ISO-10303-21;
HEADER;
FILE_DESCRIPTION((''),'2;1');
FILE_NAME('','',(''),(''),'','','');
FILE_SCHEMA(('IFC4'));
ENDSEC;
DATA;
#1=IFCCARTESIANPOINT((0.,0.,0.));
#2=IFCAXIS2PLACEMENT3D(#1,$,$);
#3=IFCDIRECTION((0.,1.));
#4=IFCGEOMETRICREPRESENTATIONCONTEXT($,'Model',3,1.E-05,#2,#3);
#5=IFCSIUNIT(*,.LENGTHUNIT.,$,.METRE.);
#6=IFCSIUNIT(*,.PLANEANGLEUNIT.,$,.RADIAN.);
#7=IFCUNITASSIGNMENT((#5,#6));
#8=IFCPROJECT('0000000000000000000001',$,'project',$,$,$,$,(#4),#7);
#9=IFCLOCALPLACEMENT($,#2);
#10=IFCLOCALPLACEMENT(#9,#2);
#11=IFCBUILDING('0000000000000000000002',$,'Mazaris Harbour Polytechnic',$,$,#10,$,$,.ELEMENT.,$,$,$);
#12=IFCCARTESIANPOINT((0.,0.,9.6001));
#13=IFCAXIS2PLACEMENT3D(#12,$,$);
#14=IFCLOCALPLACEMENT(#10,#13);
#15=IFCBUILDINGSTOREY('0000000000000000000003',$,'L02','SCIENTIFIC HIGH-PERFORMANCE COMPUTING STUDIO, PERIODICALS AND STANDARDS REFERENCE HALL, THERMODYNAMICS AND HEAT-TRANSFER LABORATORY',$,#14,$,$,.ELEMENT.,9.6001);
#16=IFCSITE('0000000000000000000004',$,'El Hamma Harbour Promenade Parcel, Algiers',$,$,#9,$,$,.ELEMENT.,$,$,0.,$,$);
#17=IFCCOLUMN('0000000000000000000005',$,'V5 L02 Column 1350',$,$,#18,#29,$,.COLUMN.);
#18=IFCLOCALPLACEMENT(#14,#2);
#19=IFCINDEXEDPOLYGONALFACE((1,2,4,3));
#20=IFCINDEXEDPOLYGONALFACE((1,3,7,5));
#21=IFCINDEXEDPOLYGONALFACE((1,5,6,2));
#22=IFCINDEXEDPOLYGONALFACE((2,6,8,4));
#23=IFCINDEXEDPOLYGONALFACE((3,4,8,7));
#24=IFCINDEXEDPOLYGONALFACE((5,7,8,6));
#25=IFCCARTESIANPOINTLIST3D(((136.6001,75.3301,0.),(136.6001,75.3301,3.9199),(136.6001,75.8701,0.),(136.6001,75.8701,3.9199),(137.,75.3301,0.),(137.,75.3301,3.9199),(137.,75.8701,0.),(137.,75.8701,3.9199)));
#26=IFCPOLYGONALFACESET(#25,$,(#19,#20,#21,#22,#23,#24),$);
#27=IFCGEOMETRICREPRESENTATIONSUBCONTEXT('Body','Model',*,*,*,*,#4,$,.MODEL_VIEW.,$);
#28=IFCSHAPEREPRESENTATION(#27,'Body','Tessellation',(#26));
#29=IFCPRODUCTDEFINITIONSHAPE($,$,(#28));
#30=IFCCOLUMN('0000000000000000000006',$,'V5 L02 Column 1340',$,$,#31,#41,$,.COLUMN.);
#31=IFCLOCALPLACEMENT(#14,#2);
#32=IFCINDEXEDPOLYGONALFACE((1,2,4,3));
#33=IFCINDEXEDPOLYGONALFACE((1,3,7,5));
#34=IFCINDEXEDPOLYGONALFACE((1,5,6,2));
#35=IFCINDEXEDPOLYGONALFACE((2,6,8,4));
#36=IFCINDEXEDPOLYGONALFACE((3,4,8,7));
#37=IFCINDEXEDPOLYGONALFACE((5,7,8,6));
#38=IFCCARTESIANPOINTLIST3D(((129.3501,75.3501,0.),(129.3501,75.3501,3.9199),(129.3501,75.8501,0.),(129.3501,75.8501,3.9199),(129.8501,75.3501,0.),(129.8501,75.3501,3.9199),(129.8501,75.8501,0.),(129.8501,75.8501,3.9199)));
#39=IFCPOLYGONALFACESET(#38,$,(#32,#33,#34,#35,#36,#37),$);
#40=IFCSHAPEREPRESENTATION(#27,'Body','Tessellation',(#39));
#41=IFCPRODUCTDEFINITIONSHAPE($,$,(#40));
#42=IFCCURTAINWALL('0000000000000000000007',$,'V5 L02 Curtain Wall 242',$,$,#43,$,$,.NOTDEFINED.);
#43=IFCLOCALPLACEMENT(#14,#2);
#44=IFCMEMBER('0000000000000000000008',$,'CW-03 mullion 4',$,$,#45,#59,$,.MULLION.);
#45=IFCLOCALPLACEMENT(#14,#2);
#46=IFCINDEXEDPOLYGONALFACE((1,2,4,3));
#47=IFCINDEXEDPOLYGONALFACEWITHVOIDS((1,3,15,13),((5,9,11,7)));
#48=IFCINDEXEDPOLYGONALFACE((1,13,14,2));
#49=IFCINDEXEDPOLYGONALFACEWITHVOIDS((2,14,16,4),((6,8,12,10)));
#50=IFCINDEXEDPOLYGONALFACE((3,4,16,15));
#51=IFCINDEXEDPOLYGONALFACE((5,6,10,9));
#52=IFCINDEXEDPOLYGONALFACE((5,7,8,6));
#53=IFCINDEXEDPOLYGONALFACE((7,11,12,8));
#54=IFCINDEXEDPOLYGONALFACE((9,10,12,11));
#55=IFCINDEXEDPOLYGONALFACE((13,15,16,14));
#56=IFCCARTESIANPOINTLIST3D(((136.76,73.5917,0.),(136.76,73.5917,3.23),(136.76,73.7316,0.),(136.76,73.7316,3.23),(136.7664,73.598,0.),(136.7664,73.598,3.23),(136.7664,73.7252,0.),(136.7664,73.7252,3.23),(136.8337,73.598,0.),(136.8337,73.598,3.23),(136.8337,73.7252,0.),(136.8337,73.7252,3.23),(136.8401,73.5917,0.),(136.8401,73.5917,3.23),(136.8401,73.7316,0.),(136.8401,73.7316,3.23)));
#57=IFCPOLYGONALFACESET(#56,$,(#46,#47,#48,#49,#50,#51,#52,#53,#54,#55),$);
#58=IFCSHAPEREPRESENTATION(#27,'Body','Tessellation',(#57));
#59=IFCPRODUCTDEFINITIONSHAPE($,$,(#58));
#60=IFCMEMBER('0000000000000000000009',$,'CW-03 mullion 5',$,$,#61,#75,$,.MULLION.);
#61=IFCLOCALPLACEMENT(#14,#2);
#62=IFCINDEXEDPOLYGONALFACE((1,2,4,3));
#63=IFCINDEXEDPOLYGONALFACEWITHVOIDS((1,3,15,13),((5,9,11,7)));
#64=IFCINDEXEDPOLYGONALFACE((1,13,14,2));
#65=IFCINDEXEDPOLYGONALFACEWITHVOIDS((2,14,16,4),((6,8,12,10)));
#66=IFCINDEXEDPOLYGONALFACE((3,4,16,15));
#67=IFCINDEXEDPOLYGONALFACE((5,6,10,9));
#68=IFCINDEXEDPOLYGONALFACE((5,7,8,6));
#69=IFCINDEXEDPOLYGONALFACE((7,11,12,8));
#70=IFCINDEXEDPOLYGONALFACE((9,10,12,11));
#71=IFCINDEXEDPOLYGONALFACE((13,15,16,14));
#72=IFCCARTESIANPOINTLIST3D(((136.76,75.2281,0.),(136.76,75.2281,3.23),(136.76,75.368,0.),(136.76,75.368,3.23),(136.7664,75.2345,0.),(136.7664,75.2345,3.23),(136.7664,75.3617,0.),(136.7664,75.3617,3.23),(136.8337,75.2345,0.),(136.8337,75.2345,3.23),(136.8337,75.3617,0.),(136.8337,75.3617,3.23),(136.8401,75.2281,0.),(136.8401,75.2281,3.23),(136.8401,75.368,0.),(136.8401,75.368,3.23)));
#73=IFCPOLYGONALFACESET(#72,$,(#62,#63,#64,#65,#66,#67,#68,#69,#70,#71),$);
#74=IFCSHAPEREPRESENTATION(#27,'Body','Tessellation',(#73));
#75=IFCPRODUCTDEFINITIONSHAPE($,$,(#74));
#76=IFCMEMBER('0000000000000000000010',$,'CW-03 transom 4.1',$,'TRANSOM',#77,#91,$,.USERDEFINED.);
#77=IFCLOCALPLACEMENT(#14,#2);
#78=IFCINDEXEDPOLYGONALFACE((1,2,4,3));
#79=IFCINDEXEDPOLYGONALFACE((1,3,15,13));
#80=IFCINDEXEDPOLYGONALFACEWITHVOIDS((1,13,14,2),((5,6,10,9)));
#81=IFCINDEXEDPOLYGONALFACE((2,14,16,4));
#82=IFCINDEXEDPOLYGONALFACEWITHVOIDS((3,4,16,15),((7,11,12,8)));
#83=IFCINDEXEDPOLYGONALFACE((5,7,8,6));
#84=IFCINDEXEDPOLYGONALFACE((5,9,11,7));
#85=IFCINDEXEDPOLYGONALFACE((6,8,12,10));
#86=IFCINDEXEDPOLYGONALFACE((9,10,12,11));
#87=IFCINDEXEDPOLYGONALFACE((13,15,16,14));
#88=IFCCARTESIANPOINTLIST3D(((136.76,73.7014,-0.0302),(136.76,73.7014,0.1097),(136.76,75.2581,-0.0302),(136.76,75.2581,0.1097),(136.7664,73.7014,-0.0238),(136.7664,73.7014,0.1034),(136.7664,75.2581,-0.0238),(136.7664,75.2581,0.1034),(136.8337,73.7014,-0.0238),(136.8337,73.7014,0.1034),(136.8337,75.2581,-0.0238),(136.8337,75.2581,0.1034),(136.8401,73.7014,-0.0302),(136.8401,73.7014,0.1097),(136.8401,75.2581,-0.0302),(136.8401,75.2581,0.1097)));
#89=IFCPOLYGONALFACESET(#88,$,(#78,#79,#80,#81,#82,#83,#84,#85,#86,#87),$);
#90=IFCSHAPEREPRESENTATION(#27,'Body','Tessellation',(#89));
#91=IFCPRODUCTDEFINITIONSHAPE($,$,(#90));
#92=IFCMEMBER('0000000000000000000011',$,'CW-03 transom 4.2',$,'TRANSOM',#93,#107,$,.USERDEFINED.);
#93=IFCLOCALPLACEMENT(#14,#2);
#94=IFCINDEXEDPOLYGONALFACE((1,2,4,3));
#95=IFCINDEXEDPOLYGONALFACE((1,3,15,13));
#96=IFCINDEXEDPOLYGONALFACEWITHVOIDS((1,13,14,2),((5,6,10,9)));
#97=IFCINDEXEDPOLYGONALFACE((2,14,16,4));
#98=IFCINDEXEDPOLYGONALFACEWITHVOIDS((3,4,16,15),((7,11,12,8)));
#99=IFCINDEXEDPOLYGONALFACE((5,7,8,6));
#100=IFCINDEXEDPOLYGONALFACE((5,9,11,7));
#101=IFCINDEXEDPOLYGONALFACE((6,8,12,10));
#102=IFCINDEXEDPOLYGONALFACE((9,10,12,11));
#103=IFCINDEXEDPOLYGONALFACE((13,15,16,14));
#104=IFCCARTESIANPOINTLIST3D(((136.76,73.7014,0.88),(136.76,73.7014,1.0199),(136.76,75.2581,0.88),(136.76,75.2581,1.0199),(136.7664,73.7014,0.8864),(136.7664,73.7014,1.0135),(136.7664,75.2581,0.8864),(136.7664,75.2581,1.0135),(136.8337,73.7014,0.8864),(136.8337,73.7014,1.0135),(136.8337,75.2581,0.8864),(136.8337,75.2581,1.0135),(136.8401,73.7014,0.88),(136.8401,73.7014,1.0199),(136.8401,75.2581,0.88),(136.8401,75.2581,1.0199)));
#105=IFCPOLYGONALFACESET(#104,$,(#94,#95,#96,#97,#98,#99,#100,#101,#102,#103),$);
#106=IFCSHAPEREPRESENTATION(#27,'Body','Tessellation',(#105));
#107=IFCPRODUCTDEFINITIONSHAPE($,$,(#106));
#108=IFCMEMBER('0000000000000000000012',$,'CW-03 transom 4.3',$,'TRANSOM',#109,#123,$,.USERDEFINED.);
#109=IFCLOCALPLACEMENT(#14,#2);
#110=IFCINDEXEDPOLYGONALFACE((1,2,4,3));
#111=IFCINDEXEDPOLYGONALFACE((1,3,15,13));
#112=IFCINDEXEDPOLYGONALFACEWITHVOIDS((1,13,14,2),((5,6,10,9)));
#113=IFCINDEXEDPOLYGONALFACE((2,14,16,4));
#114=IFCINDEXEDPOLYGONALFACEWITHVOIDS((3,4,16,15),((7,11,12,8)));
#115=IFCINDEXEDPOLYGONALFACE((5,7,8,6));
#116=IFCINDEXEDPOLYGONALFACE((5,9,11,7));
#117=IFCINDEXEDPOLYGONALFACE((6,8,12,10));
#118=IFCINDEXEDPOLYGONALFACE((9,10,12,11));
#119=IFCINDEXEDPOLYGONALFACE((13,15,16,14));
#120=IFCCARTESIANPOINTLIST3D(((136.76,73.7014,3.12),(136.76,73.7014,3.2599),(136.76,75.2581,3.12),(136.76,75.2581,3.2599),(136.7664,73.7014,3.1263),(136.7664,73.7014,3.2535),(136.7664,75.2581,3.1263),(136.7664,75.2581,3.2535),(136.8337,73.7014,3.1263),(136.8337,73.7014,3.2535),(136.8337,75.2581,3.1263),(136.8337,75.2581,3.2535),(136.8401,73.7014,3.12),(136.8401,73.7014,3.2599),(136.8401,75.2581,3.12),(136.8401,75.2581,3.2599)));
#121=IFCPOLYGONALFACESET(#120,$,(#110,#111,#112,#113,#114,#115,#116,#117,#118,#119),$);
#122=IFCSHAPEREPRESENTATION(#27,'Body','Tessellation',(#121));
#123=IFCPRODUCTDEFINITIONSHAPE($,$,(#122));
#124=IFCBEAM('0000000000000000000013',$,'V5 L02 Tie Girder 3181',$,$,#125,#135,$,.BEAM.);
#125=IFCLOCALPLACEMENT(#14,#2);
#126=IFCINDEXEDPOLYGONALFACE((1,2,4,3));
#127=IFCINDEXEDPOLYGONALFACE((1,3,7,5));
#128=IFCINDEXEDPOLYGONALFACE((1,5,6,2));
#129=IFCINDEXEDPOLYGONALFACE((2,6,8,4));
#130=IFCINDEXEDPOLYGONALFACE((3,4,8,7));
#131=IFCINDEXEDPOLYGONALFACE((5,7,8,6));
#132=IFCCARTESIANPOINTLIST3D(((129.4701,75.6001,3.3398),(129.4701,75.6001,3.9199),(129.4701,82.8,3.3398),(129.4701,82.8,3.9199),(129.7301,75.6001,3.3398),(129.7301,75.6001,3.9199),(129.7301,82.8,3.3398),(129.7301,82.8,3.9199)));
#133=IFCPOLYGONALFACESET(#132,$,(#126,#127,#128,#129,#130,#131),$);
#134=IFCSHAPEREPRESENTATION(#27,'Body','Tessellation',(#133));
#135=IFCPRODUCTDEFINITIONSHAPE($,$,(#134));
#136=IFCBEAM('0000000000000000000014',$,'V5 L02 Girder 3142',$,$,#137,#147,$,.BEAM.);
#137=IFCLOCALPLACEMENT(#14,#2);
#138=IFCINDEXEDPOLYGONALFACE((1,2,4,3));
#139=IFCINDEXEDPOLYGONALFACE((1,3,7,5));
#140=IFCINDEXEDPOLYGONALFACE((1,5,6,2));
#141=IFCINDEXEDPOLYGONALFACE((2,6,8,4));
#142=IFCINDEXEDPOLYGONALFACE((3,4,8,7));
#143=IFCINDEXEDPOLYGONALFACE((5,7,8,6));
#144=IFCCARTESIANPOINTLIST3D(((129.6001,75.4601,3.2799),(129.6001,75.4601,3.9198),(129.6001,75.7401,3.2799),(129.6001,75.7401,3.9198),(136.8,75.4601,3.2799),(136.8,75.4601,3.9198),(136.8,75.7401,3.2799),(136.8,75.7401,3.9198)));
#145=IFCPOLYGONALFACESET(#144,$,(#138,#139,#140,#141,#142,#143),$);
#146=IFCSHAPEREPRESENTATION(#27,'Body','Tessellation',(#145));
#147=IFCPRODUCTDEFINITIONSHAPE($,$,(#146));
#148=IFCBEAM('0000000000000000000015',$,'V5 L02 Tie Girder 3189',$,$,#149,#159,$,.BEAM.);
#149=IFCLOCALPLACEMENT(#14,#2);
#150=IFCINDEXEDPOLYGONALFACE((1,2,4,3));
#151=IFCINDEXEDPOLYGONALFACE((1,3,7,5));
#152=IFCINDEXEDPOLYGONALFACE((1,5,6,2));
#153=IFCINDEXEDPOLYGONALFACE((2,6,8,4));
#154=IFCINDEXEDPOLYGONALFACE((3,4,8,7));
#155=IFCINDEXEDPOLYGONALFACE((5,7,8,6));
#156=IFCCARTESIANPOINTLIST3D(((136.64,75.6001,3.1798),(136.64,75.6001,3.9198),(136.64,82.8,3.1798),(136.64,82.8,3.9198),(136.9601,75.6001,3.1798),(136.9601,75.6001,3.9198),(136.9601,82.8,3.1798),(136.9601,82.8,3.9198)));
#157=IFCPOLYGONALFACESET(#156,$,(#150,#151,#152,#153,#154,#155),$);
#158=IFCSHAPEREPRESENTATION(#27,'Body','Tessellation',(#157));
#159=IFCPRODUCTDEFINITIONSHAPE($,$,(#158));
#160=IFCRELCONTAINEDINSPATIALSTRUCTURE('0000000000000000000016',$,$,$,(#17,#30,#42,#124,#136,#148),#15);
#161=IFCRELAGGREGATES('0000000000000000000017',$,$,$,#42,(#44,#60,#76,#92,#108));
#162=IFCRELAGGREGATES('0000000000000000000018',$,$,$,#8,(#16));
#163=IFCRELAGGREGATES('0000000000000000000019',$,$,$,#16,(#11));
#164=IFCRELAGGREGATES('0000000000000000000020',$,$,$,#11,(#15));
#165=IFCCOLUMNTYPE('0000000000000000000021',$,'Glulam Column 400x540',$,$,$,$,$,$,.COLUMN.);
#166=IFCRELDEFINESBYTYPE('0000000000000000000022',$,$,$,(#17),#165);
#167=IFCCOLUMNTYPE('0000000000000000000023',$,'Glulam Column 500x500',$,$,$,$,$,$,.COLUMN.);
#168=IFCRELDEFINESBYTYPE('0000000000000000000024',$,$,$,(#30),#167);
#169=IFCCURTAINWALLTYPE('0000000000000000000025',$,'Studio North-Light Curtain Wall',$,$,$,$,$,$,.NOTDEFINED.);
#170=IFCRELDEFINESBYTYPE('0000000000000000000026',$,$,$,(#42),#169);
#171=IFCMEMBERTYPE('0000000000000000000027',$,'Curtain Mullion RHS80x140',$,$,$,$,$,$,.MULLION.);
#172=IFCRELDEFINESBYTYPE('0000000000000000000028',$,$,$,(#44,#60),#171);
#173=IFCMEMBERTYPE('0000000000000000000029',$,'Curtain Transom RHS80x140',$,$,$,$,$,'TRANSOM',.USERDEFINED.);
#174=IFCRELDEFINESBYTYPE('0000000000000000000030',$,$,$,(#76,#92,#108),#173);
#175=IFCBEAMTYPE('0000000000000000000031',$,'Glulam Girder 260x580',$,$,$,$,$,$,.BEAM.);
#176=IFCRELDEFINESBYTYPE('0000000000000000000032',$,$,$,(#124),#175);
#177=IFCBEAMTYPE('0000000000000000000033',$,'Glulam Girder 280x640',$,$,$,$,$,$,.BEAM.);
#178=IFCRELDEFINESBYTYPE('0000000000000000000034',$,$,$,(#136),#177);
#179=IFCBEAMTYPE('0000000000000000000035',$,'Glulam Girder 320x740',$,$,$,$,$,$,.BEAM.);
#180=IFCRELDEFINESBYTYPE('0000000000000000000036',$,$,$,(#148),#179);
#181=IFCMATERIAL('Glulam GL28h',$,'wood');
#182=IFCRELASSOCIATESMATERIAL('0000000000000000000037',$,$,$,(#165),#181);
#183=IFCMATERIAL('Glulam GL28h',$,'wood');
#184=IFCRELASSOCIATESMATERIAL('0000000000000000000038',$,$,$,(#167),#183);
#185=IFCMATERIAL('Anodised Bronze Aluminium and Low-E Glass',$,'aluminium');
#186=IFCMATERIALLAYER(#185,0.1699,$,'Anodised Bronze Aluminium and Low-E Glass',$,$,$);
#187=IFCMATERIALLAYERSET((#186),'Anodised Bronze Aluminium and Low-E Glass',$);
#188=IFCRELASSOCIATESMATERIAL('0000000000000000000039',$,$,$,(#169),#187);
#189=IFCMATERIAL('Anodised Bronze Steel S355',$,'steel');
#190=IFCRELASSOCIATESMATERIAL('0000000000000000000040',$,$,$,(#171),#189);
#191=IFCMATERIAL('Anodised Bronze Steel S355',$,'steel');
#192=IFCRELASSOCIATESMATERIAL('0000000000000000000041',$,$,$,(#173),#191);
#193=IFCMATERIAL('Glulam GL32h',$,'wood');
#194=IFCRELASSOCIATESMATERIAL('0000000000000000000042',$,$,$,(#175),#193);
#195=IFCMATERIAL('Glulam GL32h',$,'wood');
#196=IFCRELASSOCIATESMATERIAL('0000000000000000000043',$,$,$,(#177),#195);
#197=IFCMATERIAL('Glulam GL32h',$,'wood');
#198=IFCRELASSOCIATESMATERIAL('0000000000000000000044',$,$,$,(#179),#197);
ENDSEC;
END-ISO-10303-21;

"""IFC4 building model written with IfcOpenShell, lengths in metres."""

from ifc_helpers import new_model, si_unit, direction, frame, origin, origin_2d, place, context, subcontext, project, spatial, rectangle, hollow_rectangle, extrude, material, layer, layer_set, material_profile, profile_set, type_object, element, aggregate, save


model = new_model("IFC4")

# Units and contexts
model_context = context("Model", 3, precision=1e-05, world=origin(), true_north=direction((0.0, 1.0)))
body_context = subcontext(model_context, "Body", "Model", "MODEL_VIEW")
ifc_project = project(units=[si_unit("LENGTHUNIT", "METRE"), si_unit("PLANEANGLEUNIT", "RADIAN")], contexts=[model_context])

# Site, building, storey
site_placement = place(None, origin())
site = spatial("IfcSite", under=ifc_project, at=site_placement, Name="El Hamma Harbour Promenade Parcel, Algiers", CompositionType="ELEMENT", RefElevation=0.0)
building_placement = place(site_placement, origin())
building = spatial("IfcBuilding", under=site, at=building_placement, Name="Mazaris Harbour Polytechnic", CompositionType="ELEMENT")
storey_placement = place(building_placement, frame((0.0, 0.0, 9.6001)))
storey = spatial("IfcBuildingStorey", under=building, at=storey_placement, Name="L02", Description="SCIENTIFIC HIGH-PERFORMANCE COMPUTING STUDIO, PERIODICALS AND STANDARDS REFERENCE HALL, THERMODYNAMICS AND HEAT-TRANSFER LABORATORY", CompositionType="ELEMENT", Elevation=9.6001)

# Columns
ifc_material_1 = material(Name="Glulam GL28h", Category="wood")
ifc_material_profile_1 = material_profile(ifc_material_1, rectangle(XDim=0.3999, YDim=0.54, at=origin_2d()), Name="RECT400x540")
ifc_profile_set_1 = profile_set([ifc_material_profile_1], Name="Glulam GL28h")
column_type_1 = type_object("IfcColumnType", Name="Glulam Column 400x540", PredefinedType="COLUMN", material=ifc_profile_set_1)
column_1_placement = place(storey_placement, frame((136.8, 75.6001, 0.0), z_axis=(0.0, 0.0, 1.0), x_axis=(1.0, 0.0, 0.0)))
element("IfcColumn", 1, at=column_1_placement, inside=storey, type_object=column_type_1, Name="V5 L02 Column 1350", PredefinedType="COLUMN", context=body_context, shape_type="SweptSolid", body=[
    extrude(rectangle(XDim=0.3999, YDim=0.54, at=origin_2d()), origin(), (0.0, 0.0, 1.0), 3.9199),
])
ifc_material_2 = material(Name="Glulam GL28h", Category="wood")
ifc_material_profile_2 = material_profile(ifc_material_2, rectangle(XDim=0.5, YDim=0.5, at=origin_2d()), Name="RECT500x500")
ifc_profile_set_2 = profile_set([ifc_material_profile_2], Name="Glulam GL28h")
column_type_2 = type_object("IfcColumnType", Name="Glulam Column 500x500", PredefinedType="COLUMN", material=ifc_profile_set_2)
column_2_placement = place(storey_placement, frame((129.6001, 75.6001, 0.0), z_axis=(0.0, 0.0, 1.0), x_axis=(1.0, 0.0, 0.0)))
element("IfcColumn", 2, at=column_2_placement, inside=storey, type_object=column_type_2, Name="V5 L02 Column 1340", PredefinedType="COLUMN", context=body_context, shape_type="SweptSolid", body=[
    extrude(rectangle(XDim=0.5, YDim=0.5, at=origin_2d()), origin(), (0.0, 0.0, 1.0), 3.9199),
])

# Curtain wall, members
ifc_material_3 = material(Name="Anodised Bronze Aluminium and Low-E Glass", Category="aluminium")
ifc_layer_1 = layer(ifc_material_3, 0.1699, Name="Anodised Bronze Aluminium and Low-E Glass")
ifc_layer_set_1 = layer_set([ifc_layer_1], Name="Anodised Bronze Aluminium and Low-E Glass")
curtain_wall_type = type_object("IfcCurtainWallType", Name="Studio North-Light Curtain Wall", PredefinedType="NOTDEFINED", material=ifc_layer_set_1)
curtain_wall_placement = place(storey_placement, origin())
curtain_wall = element("IfcCurtainWall", 3, at=curtain_wall_placement, inside=storey, type_object=curtain_wall_type, Name="V5 L02 Curtain Wall 242", PredefinedType="NOTDEFINED")
ifc_material_4 = material(Name="Anodised Bronze Steel S355", Category="steel")
ifc_material_profile_3 = material_profile(ifc_material_4, hollow_rectangle(XDim=0.0801, YDim=0.1399, WallThickness=0.0063, at=origin_2d()), Name="RHS 80x140x6.3")
ifc_profile_set_3 = profile_set([ifc_material_profile_3], Name="Anodised Bronze Steel S355")
member_type_1 = type_object("IfcMemberType", Name="Curtain Mullion RHS80x140", PredefinedType="MULLION", material=ifc_profile_set_3)
member_1_placement = place(storey_placement, frame((136.8, 73.6616, 0.0), z_axis=(0.0, 0.0, 1.0), x_axis=(-1.0, 0.0, 0.0)))
member_1 = element("IfcMember", 4, at=member_1_placement, type_object=member_type_1, Name="CW-03 mullion 4", PredefinedType="MULLION", context=body_context, shape_type="SweptSolid", body=[
    extrude(hollow_rectangle(XDim=0.0801, YDim=0.1399, WallThickness=0.0063, at=origin_2d()), origin(), (0.0, 0.0, 1.0), 3.23),
])
member_2_placement = place(storey_placement, frame((136.8, 75.2981, 0.0), z_axis=(0.0, 0.0, 1.0), x_axis=(-1.0, 0.0, 0.0)))
member_2 = element("IfcMember", 5, at=member_2_placement, type_object=member_type_1, Name="CW-03 mullion 5", PredefinedType="MULLION", context=body_context, shape_type="SweptSolid", body=[
    extrude(hollow_rectangle(XDim=0.0801, YDim=0.1399, WallThickness=0.0063, at=origin_2d()), origin(), (0.0, 0.0, 1.0), 3.23),
])
ifc_material_5 = material(Name="Anodised Bronze Steel S355", Category="steel")
ifc_material_profile_4 = material_profile(ifc_material_5, hollow_rectangle(XDim=0.0801, YDim=0.1399, WallThickness=0.0063, at=origin_2d()), Name="RHS 80x140x6.3")
ifc_profile_set_4 = profile_set([ifc_material_profile_4], Name="Anodised Bronze Steel S355")
member_type_2 = type_object("IfcMemberType", Name="Curtain Transom RHS80x140", ElementType="TRANSOM", PredefinedType="USERDEFINED", material=ifc_profile_set_4)
member_3_placement = place(storey_placement, frame((136.8, 73.7014, 0.0398), z_axis=(0.0, 1.0, 0.0), x_axis=(-1.0, 0.0, 0.0)))
member_3 = element("IfcMember", 6, at=member_3_placement, type_object=member_type_2, Name="CW-03 transom 4.1", ObjectType="TRANSOM", PredefinedType="USERDEFINED", context=body_context, shape_type="SweptSolid", body=[
    extrude(hollow_rectangle(XDim=0.0801, YDim=0.1399, WallThickness=0.0063, at=origin_2d()), origin(), (0.0, 0.0, 1.0), 1.5566),
])
member_4_placement = place(storey_placement, frame((136.8, 73.7014, 0.95), z_axis=(0.0, 1.0, 0.0), x_axis=(-1.0, 0.0, 0.0)))
member_4 = element("IfcMember", 7, at=member_4_placement, type_object=member_type_2, Name="CW-03 transom 4.2", ObjectType="TRANSOM", PredefinedType="USERDEFINED", context=body_context, shape_type="SweptSolid", body=[
    extrude(hollow_rectangle(XDim=0.0801, YDim=0.1399, WallThickness=0.0063, at=origin_2d()), origin(), (0.0, 0.0, 1.0), 1.5566),
])
member_5_placement = place(storey_placement, frame((136.8, 73.7014, 3.1899), z_axis=(0.0, 1.0, 0.0), x_axis=(-1.0, 0.0, 0.0)))
member_5 = element("IfcMember", 8, at=member_5_placement, type_object=member_type_2, Name="CW-03 transom 4.3", ObjectType="TRANSOM", PredefinedType="USERDEFINED", context=body_context, shape_type="SweptSolid", body=[
    extrude(hollow_rectangle(XDim=0.0801, YDim=0.1399, WallThickness=0.0063, at=origin_2d()), origin(), (0.0, 0.0, 1.0), 1.5566),
])

# Beams
ifc_material_6 = material(Name="Glulam GL32h", Category="wood")
ifc_material_profile_5 = material_profile(ifc_material_6, rectangle(XDim=0.26, YDim=0.5801, at=origin_2d()), Name="RECT260x580")
ifc_profile_set_5 = profile_set([ifc_material_profile_5], Name="Glulam GL32h")
beam_type_1 = type_object("IfcBeamType", Name="Glulam Girder 260x580", PredefinedType="BEAM", material=ifc_profile_set_5)
beam_1_placement = place(storey_placement, frame((129.6001, 75.6001, 3.6299), z_axis=(0.0, 1.0, 0.0), x_axis=(-1.0, 0.0, 0.0)))
element("IfcBeam", 9, at=beam_1_placement, inside=storey, type_object=beam_type_1, Name="V5 L02 Tie Girder 3181", PredefinedType="BEAM", context=body_context, shape_type="SweptSolid", body=[
    extrude(rectangle(XDim=0.26, YDim=0.5801, at=origin_2d()), origin(), (0.0, 0.0, 1.0), 7.2),
])
ifc_material_7 = material(Name="Glulam GL32h", Category="wood")
ifc_material_profile_6 = material_profile(ifc_material_7, rectangle(XDim=0.28, YDim=0.6399, at=origin_2d()), Name="RECT280x640")
ifc_profile_set_6 = profile_set([ifc_material_profile_6], Name="Glulam GL32h")
beam_type_2 = type_object("IfcBeamType", Name="Glulam Girder 280x640", PredefinedType="BEAM", material=ifc_profile_set_6)
beam_2_placement = place(storey_placement, frame((129.6001, 75.6001, 3.5999), z_axis=(1.0, 0.0, 0.0), x_axis=(0.0, 1.0, 0.0)))
element("IfcBeam", 10, at=beam_2_placement, inside=storey, type_object=beam_type_2, Name="V5 L02 Girder 3142", PredefinedType="BEAM", context=body_context, shape_type="SweptSolid", body=[
    extrude(rectangle(XDim=0.28, YDim=0.6399, at=origin_2d()), origin(), (0.0, 0.0, 1.0), 7.2),
])
ifc_material_8 = material(Name="Glulam GL32h", Category="wood")
ifc_material_profile_7 = material_profile(ifc_material_8, rectangle(XDim=0.3201, YDim=0.74, at=origin_2d()), Name="RECT320x740")
ifc_profile_set_7 = profile_set([ifc_material_profile_7], Name="Glulam GL32h")
beam_type_3 = type_object("IfcBeamType", Name="Glulam Girder 320x740", PredefinedType="BEAM", material=ifc_profile_set_7)
beam_3_placement = place(storey_placement, frame((136.8, 75.6001, 3.5498), z_axis=(0.0, 1.0, 0.0), x_axis=(-1.0, 0.0, 0.0)))
element("IfcBeam", 11, at=beam_3_placement, inside=storey, type_object=beam_type_3, Name="V5 L02 Tie Girder 3189", PredefinedType="BEAM", context=body_context, shape_type="SweptSolid", body=[
    extrude(rectangle(XDim=0.3201, YDim=0.74, at=origin_2d()), origin(), (0.0, 0.0, 1.0), 7.2),
])

aggregate(curtain_wall, [member_1, member_2, member_3, member_4, member_5])

save(model, "model.ifc")
